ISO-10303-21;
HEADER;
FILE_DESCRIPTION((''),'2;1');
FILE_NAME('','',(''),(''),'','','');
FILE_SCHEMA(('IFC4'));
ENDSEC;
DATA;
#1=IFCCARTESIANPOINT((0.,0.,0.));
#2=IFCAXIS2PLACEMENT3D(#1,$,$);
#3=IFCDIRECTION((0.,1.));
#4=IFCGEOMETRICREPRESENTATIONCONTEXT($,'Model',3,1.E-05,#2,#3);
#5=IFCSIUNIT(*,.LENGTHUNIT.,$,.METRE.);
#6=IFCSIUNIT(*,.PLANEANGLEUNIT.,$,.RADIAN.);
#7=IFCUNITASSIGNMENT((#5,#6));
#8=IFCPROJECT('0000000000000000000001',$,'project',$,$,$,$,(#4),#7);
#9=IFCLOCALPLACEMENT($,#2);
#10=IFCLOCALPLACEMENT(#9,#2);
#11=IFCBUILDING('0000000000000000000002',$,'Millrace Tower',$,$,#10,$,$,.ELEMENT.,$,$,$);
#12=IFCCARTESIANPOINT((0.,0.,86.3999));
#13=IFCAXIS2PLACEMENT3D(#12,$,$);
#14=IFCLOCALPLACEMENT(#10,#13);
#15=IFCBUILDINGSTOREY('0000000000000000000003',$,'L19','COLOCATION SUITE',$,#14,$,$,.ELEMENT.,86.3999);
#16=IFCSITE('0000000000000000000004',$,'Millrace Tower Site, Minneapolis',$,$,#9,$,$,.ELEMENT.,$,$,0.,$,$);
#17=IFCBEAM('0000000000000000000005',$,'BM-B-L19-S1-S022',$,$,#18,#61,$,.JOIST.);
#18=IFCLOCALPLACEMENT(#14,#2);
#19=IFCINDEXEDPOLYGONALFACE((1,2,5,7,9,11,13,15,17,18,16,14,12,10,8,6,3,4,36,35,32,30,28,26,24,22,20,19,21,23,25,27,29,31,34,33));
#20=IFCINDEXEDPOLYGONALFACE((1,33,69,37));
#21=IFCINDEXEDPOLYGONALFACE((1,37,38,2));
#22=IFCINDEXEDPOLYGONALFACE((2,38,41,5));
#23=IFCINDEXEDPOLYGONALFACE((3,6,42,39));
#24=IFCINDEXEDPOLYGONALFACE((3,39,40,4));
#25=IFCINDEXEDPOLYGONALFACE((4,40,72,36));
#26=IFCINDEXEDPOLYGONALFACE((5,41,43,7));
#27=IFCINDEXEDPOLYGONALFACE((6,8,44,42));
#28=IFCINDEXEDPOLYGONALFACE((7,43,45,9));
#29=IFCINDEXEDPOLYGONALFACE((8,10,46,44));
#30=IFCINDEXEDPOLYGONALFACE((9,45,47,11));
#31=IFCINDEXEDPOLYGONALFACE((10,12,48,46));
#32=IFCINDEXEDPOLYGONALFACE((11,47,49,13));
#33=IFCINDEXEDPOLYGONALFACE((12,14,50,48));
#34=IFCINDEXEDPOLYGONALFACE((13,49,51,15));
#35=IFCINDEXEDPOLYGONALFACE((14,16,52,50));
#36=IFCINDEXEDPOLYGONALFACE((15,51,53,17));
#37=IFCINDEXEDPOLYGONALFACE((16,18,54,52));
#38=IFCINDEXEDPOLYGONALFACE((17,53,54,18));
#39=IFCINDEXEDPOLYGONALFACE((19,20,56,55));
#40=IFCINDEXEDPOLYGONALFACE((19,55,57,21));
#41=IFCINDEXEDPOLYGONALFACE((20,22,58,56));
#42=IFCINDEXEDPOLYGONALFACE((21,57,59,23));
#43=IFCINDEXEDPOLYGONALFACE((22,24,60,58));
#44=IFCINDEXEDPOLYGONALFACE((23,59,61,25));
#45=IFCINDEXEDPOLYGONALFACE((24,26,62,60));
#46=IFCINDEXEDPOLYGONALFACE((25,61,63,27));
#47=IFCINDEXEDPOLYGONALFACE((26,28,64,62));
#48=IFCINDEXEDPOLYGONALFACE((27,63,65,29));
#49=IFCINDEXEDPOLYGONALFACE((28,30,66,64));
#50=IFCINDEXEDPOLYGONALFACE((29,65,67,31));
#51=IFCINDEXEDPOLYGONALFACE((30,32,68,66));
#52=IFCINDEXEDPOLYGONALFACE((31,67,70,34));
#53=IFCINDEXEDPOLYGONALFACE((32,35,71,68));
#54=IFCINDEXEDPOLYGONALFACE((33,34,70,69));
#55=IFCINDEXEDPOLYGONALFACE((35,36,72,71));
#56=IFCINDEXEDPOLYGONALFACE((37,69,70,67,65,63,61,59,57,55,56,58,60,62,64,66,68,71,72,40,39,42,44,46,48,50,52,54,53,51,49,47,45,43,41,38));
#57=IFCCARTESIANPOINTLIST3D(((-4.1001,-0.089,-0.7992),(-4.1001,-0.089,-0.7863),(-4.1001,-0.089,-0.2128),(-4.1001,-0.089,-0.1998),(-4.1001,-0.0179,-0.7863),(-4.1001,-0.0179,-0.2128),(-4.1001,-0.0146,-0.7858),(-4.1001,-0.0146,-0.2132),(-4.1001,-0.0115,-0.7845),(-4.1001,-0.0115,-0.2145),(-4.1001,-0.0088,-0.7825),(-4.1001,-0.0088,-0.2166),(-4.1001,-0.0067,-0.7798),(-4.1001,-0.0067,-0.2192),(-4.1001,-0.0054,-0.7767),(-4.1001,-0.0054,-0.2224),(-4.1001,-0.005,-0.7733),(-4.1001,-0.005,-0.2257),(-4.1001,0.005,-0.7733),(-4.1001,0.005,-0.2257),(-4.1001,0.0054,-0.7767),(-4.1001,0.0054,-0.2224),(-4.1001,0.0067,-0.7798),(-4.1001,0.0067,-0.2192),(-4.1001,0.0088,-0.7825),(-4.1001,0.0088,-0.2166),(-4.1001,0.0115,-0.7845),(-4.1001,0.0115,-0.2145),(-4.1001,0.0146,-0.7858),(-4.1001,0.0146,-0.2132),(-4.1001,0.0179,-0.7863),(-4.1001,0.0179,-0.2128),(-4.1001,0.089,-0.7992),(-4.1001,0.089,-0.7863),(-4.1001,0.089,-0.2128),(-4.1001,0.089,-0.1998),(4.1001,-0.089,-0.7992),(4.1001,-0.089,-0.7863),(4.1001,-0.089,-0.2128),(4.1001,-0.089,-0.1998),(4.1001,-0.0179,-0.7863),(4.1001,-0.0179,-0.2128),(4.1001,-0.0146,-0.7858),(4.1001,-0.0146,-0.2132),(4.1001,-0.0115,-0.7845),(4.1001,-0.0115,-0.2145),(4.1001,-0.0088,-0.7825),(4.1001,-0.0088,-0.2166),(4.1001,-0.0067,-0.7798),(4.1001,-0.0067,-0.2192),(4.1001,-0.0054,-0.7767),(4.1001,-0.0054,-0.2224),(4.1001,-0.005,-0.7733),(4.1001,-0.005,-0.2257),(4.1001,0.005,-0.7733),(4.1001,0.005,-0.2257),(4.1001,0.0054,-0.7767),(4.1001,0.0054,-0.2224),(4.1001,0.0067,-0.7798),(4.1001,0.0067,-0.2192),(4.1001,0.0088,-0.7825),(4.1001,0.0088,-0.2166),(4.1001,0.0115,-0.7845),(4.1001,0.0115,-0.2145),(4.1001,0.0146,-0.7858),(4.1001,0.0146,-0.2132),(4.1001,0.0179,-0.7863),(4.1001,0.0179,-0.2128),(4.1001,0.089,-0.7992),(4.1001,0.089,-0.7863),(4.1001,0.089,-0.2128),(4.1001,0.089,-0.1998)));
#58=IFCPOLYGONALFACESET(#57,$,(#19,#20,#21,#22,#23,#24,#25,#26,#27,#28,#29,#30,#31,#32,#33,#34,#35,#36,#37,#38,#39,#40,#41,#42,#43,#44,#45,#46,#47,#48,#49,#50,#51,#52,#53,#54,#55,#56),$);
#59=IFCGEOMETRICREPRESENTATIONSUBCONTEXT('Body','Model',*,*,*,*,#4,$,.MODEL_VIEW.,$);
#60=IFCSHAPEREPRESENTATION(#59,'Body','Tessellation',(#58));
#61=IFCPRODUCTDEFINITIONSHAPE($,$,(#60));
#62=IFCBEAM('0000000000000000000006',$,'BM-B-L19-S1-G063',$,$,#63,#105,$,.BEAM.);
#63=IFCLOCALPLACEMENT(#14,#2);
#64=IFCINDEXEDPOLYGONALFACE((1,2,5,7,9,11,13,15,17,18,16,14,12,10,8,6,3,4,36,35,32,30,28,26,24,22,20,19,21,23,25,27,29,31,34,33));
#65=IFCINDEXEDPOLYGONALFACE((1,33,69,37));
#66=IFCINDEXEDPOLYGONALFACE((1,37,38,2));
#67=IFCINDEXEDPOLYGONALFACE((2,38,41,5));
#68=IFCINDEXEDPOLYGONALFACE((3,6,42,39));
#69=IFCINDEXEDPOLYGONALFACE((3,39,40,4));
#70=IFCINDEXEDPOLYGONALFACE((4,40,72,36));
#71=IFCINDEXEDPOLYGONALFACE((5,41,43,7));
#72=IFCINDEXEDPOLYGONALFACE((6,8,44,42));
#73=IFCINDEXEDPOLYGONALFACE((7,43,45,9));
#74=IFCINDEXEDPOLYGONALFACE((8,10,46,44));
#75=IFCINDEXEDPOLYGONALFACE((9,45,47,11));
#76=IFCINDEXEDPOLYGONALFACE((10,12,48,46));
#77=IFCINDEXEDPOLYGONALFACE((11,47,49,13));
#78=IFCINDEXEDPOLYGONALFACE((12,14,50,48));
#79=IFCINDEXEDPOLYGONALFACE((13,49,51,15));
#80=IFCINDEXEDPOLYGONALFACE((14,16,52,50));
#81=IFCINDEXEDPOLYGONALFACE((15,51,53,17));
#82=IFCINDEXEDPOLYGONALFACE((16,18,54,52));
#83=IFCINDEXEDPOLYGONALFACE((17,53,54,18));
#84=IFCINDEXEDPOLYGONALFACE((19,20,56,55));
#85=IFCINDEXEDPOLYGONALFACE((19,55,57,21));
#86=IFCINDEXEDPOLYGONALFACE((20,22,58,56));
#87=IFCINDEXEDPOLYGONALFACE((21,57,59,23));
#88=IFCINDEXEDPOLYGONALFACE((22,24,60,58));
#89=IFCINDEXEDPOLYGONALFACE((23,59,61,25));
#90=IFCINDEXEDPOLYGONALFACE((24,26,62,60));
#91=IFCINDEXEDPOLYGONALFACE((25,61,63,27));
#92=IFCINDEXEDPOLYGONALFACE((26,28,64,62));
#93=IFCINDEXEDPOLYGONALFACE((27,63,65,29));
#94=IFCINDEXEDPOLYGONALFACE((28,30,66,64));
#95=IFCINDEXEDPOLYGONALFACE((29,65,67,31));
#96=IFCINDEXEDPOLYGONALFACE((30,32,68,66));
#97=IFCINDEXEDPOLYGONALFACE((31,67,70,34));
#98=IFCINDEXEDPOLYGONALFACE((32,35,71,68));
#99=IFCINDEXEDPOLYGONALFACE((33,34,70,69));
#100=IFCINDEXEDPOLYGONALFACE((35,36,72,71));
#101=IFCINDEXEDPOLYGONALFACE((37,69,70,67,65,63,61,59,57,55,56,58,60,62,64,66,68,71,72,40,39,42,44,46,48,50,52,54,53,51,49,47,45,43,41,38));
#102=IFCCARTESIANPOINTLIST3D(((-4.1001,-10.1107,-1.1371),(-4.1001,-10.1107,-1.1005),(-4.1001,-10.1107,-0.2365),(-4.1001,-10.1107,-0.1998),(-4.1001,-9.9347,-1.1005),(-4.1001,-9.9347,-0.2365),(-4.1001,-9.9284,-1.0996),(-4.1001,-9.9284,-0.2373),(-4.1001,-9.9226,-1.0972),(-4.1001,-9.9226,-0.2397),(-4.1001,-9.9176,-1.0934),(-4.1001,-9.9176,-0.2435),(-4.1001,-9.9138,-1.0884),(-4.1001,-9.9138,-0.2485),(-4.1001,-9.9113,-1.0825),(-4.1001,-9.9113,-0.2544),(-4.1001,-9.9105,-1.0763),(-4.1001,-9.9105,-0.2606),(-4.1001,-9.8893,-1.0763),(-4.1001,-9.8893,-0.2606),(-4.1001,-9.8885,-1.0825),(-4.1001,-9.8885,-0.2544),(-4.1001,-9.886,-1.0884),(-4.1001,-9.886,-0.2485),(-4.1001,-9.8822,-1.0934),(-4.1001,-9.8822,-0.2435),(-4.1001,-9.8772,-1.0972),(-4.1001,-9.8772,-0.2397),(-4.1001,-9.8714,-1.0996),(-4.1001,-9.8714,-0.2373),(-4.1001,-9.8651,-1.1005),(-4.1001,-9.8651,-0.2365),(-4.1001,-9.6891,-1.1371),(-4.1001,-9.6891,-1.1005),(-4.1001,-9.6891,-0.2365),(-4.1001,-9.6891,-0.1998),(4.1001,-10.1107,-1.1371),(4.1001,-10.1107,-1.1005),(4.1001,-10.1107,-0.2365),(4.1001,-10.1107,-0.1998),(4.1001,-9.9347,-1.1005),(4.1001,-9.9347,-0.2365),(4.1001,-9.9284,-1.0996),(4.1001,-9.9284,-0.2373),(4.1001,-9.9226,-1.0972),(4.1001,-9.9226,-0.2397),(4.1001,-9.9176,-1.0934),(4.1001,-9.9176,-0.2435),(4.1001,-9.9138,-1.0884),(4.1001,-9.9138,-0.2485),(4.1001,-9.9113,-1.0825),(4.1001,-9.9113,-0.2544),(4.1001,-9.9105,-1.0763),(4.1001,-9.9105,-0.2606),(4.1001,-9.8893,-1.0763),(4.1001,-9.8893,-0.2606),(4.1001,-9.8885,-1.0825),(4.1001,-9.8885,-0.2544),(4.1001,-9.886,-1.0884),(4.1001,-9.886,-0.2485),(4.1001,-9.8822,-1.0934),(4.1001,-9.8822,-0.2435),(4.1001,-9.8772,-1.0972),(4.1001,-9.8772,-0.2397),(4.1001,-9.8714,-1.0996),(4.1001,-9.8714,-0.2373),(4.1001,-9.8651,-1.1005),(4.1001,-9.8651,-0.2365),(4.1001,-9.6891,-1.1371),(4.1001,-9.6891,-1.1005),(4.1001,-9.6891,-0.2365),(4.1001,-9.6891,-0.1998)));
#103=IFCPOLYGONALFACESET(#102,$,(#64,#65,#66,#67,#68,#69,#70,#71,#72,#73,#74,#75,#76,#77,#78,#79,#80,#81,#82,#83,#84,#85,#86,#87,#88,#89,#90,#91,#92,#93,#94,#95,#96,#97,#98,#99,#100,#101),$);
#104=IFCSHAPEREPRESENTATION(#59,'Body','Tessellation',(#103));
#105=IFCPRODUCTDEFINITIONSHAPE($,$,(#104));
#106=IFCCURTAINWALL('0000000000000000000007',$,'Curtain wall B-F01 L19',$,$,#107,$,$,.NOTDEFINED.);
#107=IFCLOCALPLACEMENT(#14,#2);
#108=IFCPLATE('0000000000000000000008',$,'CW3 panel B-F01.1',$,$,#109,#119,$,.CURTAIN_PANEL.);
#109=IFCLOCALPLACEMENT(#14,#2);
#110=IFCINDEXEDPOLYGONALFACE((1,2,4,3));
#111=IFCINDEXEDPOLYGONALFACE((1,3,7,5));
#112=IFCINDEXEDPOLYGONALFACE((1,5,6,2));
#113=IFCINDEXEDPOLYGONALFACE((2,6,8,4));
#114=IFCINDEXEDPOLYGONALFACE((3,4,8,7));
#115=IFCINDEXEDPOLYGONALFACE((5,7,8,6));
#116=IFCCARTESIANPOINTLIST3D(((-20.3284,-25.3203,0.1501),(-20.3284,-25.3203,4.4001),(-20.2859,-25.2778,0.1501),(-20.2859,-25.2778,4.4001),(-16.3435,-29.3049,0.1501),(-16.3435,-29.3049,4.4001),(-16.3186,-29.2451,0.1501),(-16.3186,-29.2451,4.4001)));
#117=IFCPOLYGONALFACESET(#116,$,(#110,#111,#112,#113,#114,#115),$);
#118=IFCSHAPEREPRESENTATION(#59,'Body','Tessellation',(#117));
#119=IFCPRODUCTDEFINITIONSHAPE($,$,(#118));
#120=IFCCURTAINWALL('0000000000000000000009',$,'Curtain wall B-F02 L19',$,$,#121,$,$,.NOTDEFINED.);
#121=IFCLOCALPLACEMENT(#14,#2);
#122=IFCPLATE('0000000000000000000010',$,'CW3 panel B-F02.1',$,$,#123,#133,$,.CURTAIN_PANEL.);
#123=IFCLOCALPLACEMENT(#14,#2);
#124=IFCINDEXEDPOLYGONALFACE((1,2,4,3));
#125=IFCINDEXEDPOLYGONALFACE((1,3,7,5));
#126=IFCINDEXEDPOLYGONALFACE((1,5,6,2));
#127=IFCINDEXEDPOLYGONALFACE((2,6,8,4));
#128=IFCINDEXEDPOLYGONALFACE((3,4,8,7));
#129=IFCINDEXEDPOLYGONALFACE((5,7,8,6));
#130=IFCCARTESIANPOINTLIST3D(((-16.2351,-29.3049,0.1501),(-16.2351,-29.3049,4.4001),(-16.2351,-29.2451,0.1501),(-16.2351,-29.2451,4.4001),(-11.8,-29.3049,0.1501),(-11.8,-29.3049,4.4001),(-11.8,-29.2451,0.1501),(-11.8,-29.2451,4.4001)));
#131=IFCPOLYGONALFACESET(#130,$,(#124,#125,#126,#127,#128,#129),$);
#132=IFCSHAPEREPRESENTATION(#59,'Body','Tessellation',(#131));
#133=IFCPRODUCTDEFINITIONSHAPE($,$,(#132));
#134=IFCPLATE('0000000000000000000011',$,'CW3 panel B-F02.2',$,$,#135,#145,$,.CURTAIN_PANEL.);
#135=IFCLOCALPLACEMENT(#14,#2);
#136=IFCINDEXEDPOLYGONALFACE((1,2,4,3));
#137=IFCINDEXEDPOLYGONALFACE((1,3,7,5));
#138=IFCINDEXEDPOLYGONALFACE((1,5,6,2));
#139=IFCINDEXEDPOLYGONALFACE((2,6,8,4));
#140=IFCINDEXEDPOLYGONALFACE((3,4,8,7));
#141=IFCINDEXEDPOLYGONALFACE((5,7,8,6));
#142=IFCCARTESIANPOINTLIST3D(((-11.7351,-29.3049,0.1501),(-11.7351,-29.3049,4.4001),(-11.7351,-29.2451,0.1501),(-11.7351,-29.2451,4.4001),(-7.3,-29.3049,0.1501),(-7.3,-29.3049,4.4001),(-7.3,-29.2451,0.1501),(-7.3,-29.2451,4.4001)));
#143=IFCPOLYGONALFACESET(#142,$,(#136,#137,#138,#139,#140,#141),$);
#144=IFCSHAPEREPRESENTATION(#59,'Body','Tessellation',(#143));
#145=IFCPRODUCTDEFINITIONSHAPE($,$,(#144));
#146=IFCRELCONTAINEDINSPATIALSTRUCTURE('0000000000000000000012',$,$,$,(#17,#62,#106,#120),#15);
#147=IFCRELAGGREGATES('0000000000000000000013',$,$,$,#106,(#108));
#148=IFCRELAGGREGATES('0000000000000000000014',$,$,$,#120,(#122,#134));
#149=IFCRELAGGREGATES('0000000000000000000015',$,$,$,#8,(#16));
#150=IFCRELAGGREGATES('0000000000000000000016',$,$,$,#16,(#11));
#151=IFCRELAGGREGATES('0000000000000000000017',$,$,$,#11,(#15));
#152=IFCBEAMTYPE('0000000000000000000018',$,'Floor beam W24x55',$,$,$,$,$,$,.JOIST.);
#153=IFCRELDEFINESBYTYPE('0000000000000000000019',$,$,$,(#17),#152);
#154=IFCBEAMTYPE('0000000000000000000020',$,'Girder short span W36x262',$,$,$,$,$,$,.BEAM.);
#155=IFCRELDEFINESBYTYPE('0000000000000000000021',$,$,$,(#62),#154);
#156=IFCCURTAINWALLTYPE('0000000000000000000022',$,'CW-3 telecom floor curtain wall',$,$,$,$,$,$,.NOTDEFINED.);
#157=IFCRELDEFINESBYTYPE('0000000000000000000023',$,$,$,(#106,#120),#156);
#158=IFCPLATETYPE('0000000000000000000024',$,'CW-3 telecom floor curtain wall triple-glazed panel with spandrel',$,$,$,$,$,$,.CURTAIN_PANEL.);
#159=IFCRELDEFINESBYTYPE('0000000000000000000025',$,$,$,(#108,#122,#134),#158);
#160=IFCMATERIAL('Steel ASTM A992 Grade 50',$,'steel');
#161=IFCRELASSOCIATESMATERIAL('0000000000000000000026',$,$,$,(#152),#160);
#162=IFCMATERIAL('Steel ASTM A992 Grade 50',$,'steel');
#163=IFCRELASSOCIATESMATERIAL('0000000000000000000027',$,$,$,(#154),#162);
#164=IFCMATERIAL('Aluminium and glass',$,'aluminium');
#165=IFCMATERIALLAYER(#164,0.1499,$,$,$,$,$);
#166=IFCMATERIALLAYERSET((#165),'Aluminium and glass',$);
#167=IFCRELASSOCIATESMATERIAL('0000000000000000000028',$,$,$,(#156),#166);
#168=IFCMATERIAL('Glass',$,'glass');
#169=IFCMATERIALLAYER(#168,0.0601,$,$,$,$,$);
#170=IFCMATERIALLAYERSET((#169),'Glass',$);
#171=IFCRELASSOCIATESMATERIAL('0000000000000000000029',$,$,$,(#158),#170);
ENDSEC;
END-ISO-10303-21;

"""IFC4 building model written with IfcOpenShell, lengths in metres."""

from ifc_helpers import new_model, si_unit, direction, frame, origin, origin_2d, place, context, subcontext, project, spatial, polyline, i_section, outline, extrude, material, layer, layer_set, material_profile, profile_set, type_object, element, aggregate, save


model = new_model("IFC4")

# Units and contexts
model_context = context("Model", 3, precision=1e-05, world=origin(), true_north=direction((0.0, 1.0)))
body_context = subcontext(model_context, "Body", "Model", "MODEL_VIEW")
ifc_project = project(units=[si_unit("LENGTHUNIT", "METRE"), si_unit("PLANEANGLEUNIT", "RADIAN")], contexts=[model_context])

# Site, building, storey
site_placement = place(None, origin())
site = spatial("IfcSite", under=ifc_project, at=site_placement, Name="Millrace Tower Site, Minneapolis", CompositionType="ELEMENT", RefElevation=0.0)
building_placement = place(site_placement, origin())
building = spatial("IfcBuilding", under=site, at=building_placement, Name="Millrace Tower", CompositionType="ELEMENT")
storey_placement = place(building_placement, frame((0.0, 0.0, 86.3999)))
storey = spatial("IfcBuildingStorey", under=building, at=storey_placement, Name="L19", Description="COLOCATION SUITE", CompositionType="ELEMENT", Elevation=86.3999)

# Beams
ifc_material_1 = material(Name="Steel ASTM A992 Grade 50", Category="steel")
ifc_material_profile_1 = material_profile(ifc_material_1, i_section(OverallWidth=0.178, OverallDepth=0.5994, WebThickness=0.01, FlangeThickness=0.0129, FilletRadius=0.0129, at=origin_2d()))
ifc_profile_set_1 = profile_set([ifc_material_profile_1], Name="Steel ASTM A992 Grade 50")
beam_type_1 = type_object("IfcBeamType", Name="Floor beam W24x55", PredefinedType="JOIST", material=ifc_profile_set_1)
for number, where, z_axis, x_axis, name in (
    (1, (-4.1001, 0.0, -0.4995), (1.0, 0.0, 0.0), (0.0, 1.0, 0.0), "BM-B-L19-S1-S022"),
):
    element("IfcBeam", number, at=place(storey_placement, frame(where, z_axis=z_axis, x_axis=x_axis)), inside=storey, type_object=beam_type_1, Name=name, PredefinedType="JOIST", context=body_context, shape_type="SweptSolid", body=[
        extrude(i_section(OverallWidth=0.178, OverallDepth=0.5994, WebThickness=0.01, FlangeThickness=0.0129, FilletRadius=0.0129, at=origin_2d()), origin(), (0.0, 0.0, 1.0), 8.2002),
    ])
ifc_material_2 = material(Name="Steel ASTM A992 Grade 50", Category="steel")
ifc_material_profile_2 = material_profile(ifc_material_2, i_section(OverallWidth=0.4216, OverallDepth=0.9373, WebThickness=0.0212, FlangeThickness=0.0366, FilletRadius=0.0242, at=origin_2d()))
ifc_profile_set_2 = profile_set([ifc_material_profile_2], Name="Steel ASTM A992 Grade 50")
beam_type_2 = type_object("IfcBeamType", Name="Girder short span W36x262", PredefinedType="BEAM", material=ifc_profile_set_2)
beam_1_placement = place(storey_placement, frame((-4.1001, -9.8999, -0.6685), z_axis=(1.0, 0.0, 0.0), x_axis=(0.0, 1.0, 0.0)))
element("IfcBeam", 2, at=beam_1_placement, inside=storey, type_object=beam_type_2, Name="BM-B-L19-S1-G063", PredefinedType="BEAM", context=body_context, shape_type="SweptSolid", body=[
    extrude(i_section(OverallWidth=0.4216, OverallDepth=0.9373, WebThickness=0.0212, FlangeThickness=0.0366, FilletRadius=0.0242, at=origin_2d()), origin(), (0.0, 0.0, 1.0), 8.2002),
])

# Curtain wall, plate
ifc_material_3 = material(Name="Aluminium and glass", Category="aluminium")
ifc_layer_1 = layer(ifc_material_3, 0.1499)
ifc_layer_set_1 = layer_set([ifc_layer_1], Name="Aluminium and glass")
curtain_wall_type = type_object("IfcCurtainWallType", Name="CW-3 telecom floor curtain wall", PredefinedType="NOTDEFINED", material=ifc_layer_set_1)
placement_1 = place(storey_placement, origin())
curtain_wall_1 = element("IfcCurtainWall", 3, at=placement_1, inside=storey, type_object=curtain_wall_type, Name="Curtain wall B-F01 L19", PredefinedType="NOTDEFINED")
ifc_material_4 = material(Name="Glass", Category="glass")
ifc_layer_2 = layer(ifc_material_4, 0.0601)
ifc_layer_set_2 = layer_set([ifc_layer_2], Name="Glass")
plate_type = type_object("IfcPlateType", Name="CW-3 telecom floor curtain wall triple-glazed panel with spandrel", PredefinedType="CURTAIN_PANEL", material=ifc_layer_set_2)
placement_2 = place(storey_placement, frame((0.0, 0.0, 0.1501)))
plate_1 = element("IfcPlate", 4, at=placement_2, type_object=plate_type, Name="CW3 panel B-F01.1", PredefinedType="CURTAIN_PANEL", context=body_context, shape_type="SweptSolid", body=[
    extrude(outline(polyline([(-20.3284, -25.3203), (-16.3435, -29.3049), (-16.3186, -29.2451), (-20.2859, -25.2778), (-20.3284, -25.3203)])), origin(), (0.0, 0.0, 1.0), 4.25),
])
aggregate(curtain_wall_1, [plate_1])

# Curtain wall, plates
curtain_wall_2 = element("IfcCurtainWall", 5, at=placement_1, inside=storey, type_object=curtain_wall_type, Name="Curtain wall B-F02 L19", PredefinedType="NOTDEFINED")
plate_2 = element("IfcPlate", 6, at=placement_2, type_object=plate_type, Name="CW3 panel B-F02.1", PredefinedType="CURTAIN_PANEL", context=body_context, shape_type="SweptSolid", body=[
    extrude(outline(polyline([(-16.2351, -29.3049), (-11.8, -29.3049), (-11.8, -29.2451), (-16.2351, -29.2451), (-16.2351, -29.3049)])), origin(), (0.0, 0.0, 1.0), 4.25),
])
plate_3 = element("IfcPlate", 7, at=placement_2, type_object=plate_type, Name="CW3 panel B-F02.2", PredefinedType="CURTAIN_PANEL", context=body_context, shape_type="SweptSolid", body=[
    extrude(outline(polyline([(-11.7351, -29.3049), (-7.3, -29.3049), (-7.3, -29.2451), (-11.7351, -29.2451), (-11.7351, -29.3049)])), origin(), (0.0, 0.0, 1.0), 4.25),
])
aggregate(curtain_wall_2, [plate_2, plate_3])

save(model, "model.ifc")
